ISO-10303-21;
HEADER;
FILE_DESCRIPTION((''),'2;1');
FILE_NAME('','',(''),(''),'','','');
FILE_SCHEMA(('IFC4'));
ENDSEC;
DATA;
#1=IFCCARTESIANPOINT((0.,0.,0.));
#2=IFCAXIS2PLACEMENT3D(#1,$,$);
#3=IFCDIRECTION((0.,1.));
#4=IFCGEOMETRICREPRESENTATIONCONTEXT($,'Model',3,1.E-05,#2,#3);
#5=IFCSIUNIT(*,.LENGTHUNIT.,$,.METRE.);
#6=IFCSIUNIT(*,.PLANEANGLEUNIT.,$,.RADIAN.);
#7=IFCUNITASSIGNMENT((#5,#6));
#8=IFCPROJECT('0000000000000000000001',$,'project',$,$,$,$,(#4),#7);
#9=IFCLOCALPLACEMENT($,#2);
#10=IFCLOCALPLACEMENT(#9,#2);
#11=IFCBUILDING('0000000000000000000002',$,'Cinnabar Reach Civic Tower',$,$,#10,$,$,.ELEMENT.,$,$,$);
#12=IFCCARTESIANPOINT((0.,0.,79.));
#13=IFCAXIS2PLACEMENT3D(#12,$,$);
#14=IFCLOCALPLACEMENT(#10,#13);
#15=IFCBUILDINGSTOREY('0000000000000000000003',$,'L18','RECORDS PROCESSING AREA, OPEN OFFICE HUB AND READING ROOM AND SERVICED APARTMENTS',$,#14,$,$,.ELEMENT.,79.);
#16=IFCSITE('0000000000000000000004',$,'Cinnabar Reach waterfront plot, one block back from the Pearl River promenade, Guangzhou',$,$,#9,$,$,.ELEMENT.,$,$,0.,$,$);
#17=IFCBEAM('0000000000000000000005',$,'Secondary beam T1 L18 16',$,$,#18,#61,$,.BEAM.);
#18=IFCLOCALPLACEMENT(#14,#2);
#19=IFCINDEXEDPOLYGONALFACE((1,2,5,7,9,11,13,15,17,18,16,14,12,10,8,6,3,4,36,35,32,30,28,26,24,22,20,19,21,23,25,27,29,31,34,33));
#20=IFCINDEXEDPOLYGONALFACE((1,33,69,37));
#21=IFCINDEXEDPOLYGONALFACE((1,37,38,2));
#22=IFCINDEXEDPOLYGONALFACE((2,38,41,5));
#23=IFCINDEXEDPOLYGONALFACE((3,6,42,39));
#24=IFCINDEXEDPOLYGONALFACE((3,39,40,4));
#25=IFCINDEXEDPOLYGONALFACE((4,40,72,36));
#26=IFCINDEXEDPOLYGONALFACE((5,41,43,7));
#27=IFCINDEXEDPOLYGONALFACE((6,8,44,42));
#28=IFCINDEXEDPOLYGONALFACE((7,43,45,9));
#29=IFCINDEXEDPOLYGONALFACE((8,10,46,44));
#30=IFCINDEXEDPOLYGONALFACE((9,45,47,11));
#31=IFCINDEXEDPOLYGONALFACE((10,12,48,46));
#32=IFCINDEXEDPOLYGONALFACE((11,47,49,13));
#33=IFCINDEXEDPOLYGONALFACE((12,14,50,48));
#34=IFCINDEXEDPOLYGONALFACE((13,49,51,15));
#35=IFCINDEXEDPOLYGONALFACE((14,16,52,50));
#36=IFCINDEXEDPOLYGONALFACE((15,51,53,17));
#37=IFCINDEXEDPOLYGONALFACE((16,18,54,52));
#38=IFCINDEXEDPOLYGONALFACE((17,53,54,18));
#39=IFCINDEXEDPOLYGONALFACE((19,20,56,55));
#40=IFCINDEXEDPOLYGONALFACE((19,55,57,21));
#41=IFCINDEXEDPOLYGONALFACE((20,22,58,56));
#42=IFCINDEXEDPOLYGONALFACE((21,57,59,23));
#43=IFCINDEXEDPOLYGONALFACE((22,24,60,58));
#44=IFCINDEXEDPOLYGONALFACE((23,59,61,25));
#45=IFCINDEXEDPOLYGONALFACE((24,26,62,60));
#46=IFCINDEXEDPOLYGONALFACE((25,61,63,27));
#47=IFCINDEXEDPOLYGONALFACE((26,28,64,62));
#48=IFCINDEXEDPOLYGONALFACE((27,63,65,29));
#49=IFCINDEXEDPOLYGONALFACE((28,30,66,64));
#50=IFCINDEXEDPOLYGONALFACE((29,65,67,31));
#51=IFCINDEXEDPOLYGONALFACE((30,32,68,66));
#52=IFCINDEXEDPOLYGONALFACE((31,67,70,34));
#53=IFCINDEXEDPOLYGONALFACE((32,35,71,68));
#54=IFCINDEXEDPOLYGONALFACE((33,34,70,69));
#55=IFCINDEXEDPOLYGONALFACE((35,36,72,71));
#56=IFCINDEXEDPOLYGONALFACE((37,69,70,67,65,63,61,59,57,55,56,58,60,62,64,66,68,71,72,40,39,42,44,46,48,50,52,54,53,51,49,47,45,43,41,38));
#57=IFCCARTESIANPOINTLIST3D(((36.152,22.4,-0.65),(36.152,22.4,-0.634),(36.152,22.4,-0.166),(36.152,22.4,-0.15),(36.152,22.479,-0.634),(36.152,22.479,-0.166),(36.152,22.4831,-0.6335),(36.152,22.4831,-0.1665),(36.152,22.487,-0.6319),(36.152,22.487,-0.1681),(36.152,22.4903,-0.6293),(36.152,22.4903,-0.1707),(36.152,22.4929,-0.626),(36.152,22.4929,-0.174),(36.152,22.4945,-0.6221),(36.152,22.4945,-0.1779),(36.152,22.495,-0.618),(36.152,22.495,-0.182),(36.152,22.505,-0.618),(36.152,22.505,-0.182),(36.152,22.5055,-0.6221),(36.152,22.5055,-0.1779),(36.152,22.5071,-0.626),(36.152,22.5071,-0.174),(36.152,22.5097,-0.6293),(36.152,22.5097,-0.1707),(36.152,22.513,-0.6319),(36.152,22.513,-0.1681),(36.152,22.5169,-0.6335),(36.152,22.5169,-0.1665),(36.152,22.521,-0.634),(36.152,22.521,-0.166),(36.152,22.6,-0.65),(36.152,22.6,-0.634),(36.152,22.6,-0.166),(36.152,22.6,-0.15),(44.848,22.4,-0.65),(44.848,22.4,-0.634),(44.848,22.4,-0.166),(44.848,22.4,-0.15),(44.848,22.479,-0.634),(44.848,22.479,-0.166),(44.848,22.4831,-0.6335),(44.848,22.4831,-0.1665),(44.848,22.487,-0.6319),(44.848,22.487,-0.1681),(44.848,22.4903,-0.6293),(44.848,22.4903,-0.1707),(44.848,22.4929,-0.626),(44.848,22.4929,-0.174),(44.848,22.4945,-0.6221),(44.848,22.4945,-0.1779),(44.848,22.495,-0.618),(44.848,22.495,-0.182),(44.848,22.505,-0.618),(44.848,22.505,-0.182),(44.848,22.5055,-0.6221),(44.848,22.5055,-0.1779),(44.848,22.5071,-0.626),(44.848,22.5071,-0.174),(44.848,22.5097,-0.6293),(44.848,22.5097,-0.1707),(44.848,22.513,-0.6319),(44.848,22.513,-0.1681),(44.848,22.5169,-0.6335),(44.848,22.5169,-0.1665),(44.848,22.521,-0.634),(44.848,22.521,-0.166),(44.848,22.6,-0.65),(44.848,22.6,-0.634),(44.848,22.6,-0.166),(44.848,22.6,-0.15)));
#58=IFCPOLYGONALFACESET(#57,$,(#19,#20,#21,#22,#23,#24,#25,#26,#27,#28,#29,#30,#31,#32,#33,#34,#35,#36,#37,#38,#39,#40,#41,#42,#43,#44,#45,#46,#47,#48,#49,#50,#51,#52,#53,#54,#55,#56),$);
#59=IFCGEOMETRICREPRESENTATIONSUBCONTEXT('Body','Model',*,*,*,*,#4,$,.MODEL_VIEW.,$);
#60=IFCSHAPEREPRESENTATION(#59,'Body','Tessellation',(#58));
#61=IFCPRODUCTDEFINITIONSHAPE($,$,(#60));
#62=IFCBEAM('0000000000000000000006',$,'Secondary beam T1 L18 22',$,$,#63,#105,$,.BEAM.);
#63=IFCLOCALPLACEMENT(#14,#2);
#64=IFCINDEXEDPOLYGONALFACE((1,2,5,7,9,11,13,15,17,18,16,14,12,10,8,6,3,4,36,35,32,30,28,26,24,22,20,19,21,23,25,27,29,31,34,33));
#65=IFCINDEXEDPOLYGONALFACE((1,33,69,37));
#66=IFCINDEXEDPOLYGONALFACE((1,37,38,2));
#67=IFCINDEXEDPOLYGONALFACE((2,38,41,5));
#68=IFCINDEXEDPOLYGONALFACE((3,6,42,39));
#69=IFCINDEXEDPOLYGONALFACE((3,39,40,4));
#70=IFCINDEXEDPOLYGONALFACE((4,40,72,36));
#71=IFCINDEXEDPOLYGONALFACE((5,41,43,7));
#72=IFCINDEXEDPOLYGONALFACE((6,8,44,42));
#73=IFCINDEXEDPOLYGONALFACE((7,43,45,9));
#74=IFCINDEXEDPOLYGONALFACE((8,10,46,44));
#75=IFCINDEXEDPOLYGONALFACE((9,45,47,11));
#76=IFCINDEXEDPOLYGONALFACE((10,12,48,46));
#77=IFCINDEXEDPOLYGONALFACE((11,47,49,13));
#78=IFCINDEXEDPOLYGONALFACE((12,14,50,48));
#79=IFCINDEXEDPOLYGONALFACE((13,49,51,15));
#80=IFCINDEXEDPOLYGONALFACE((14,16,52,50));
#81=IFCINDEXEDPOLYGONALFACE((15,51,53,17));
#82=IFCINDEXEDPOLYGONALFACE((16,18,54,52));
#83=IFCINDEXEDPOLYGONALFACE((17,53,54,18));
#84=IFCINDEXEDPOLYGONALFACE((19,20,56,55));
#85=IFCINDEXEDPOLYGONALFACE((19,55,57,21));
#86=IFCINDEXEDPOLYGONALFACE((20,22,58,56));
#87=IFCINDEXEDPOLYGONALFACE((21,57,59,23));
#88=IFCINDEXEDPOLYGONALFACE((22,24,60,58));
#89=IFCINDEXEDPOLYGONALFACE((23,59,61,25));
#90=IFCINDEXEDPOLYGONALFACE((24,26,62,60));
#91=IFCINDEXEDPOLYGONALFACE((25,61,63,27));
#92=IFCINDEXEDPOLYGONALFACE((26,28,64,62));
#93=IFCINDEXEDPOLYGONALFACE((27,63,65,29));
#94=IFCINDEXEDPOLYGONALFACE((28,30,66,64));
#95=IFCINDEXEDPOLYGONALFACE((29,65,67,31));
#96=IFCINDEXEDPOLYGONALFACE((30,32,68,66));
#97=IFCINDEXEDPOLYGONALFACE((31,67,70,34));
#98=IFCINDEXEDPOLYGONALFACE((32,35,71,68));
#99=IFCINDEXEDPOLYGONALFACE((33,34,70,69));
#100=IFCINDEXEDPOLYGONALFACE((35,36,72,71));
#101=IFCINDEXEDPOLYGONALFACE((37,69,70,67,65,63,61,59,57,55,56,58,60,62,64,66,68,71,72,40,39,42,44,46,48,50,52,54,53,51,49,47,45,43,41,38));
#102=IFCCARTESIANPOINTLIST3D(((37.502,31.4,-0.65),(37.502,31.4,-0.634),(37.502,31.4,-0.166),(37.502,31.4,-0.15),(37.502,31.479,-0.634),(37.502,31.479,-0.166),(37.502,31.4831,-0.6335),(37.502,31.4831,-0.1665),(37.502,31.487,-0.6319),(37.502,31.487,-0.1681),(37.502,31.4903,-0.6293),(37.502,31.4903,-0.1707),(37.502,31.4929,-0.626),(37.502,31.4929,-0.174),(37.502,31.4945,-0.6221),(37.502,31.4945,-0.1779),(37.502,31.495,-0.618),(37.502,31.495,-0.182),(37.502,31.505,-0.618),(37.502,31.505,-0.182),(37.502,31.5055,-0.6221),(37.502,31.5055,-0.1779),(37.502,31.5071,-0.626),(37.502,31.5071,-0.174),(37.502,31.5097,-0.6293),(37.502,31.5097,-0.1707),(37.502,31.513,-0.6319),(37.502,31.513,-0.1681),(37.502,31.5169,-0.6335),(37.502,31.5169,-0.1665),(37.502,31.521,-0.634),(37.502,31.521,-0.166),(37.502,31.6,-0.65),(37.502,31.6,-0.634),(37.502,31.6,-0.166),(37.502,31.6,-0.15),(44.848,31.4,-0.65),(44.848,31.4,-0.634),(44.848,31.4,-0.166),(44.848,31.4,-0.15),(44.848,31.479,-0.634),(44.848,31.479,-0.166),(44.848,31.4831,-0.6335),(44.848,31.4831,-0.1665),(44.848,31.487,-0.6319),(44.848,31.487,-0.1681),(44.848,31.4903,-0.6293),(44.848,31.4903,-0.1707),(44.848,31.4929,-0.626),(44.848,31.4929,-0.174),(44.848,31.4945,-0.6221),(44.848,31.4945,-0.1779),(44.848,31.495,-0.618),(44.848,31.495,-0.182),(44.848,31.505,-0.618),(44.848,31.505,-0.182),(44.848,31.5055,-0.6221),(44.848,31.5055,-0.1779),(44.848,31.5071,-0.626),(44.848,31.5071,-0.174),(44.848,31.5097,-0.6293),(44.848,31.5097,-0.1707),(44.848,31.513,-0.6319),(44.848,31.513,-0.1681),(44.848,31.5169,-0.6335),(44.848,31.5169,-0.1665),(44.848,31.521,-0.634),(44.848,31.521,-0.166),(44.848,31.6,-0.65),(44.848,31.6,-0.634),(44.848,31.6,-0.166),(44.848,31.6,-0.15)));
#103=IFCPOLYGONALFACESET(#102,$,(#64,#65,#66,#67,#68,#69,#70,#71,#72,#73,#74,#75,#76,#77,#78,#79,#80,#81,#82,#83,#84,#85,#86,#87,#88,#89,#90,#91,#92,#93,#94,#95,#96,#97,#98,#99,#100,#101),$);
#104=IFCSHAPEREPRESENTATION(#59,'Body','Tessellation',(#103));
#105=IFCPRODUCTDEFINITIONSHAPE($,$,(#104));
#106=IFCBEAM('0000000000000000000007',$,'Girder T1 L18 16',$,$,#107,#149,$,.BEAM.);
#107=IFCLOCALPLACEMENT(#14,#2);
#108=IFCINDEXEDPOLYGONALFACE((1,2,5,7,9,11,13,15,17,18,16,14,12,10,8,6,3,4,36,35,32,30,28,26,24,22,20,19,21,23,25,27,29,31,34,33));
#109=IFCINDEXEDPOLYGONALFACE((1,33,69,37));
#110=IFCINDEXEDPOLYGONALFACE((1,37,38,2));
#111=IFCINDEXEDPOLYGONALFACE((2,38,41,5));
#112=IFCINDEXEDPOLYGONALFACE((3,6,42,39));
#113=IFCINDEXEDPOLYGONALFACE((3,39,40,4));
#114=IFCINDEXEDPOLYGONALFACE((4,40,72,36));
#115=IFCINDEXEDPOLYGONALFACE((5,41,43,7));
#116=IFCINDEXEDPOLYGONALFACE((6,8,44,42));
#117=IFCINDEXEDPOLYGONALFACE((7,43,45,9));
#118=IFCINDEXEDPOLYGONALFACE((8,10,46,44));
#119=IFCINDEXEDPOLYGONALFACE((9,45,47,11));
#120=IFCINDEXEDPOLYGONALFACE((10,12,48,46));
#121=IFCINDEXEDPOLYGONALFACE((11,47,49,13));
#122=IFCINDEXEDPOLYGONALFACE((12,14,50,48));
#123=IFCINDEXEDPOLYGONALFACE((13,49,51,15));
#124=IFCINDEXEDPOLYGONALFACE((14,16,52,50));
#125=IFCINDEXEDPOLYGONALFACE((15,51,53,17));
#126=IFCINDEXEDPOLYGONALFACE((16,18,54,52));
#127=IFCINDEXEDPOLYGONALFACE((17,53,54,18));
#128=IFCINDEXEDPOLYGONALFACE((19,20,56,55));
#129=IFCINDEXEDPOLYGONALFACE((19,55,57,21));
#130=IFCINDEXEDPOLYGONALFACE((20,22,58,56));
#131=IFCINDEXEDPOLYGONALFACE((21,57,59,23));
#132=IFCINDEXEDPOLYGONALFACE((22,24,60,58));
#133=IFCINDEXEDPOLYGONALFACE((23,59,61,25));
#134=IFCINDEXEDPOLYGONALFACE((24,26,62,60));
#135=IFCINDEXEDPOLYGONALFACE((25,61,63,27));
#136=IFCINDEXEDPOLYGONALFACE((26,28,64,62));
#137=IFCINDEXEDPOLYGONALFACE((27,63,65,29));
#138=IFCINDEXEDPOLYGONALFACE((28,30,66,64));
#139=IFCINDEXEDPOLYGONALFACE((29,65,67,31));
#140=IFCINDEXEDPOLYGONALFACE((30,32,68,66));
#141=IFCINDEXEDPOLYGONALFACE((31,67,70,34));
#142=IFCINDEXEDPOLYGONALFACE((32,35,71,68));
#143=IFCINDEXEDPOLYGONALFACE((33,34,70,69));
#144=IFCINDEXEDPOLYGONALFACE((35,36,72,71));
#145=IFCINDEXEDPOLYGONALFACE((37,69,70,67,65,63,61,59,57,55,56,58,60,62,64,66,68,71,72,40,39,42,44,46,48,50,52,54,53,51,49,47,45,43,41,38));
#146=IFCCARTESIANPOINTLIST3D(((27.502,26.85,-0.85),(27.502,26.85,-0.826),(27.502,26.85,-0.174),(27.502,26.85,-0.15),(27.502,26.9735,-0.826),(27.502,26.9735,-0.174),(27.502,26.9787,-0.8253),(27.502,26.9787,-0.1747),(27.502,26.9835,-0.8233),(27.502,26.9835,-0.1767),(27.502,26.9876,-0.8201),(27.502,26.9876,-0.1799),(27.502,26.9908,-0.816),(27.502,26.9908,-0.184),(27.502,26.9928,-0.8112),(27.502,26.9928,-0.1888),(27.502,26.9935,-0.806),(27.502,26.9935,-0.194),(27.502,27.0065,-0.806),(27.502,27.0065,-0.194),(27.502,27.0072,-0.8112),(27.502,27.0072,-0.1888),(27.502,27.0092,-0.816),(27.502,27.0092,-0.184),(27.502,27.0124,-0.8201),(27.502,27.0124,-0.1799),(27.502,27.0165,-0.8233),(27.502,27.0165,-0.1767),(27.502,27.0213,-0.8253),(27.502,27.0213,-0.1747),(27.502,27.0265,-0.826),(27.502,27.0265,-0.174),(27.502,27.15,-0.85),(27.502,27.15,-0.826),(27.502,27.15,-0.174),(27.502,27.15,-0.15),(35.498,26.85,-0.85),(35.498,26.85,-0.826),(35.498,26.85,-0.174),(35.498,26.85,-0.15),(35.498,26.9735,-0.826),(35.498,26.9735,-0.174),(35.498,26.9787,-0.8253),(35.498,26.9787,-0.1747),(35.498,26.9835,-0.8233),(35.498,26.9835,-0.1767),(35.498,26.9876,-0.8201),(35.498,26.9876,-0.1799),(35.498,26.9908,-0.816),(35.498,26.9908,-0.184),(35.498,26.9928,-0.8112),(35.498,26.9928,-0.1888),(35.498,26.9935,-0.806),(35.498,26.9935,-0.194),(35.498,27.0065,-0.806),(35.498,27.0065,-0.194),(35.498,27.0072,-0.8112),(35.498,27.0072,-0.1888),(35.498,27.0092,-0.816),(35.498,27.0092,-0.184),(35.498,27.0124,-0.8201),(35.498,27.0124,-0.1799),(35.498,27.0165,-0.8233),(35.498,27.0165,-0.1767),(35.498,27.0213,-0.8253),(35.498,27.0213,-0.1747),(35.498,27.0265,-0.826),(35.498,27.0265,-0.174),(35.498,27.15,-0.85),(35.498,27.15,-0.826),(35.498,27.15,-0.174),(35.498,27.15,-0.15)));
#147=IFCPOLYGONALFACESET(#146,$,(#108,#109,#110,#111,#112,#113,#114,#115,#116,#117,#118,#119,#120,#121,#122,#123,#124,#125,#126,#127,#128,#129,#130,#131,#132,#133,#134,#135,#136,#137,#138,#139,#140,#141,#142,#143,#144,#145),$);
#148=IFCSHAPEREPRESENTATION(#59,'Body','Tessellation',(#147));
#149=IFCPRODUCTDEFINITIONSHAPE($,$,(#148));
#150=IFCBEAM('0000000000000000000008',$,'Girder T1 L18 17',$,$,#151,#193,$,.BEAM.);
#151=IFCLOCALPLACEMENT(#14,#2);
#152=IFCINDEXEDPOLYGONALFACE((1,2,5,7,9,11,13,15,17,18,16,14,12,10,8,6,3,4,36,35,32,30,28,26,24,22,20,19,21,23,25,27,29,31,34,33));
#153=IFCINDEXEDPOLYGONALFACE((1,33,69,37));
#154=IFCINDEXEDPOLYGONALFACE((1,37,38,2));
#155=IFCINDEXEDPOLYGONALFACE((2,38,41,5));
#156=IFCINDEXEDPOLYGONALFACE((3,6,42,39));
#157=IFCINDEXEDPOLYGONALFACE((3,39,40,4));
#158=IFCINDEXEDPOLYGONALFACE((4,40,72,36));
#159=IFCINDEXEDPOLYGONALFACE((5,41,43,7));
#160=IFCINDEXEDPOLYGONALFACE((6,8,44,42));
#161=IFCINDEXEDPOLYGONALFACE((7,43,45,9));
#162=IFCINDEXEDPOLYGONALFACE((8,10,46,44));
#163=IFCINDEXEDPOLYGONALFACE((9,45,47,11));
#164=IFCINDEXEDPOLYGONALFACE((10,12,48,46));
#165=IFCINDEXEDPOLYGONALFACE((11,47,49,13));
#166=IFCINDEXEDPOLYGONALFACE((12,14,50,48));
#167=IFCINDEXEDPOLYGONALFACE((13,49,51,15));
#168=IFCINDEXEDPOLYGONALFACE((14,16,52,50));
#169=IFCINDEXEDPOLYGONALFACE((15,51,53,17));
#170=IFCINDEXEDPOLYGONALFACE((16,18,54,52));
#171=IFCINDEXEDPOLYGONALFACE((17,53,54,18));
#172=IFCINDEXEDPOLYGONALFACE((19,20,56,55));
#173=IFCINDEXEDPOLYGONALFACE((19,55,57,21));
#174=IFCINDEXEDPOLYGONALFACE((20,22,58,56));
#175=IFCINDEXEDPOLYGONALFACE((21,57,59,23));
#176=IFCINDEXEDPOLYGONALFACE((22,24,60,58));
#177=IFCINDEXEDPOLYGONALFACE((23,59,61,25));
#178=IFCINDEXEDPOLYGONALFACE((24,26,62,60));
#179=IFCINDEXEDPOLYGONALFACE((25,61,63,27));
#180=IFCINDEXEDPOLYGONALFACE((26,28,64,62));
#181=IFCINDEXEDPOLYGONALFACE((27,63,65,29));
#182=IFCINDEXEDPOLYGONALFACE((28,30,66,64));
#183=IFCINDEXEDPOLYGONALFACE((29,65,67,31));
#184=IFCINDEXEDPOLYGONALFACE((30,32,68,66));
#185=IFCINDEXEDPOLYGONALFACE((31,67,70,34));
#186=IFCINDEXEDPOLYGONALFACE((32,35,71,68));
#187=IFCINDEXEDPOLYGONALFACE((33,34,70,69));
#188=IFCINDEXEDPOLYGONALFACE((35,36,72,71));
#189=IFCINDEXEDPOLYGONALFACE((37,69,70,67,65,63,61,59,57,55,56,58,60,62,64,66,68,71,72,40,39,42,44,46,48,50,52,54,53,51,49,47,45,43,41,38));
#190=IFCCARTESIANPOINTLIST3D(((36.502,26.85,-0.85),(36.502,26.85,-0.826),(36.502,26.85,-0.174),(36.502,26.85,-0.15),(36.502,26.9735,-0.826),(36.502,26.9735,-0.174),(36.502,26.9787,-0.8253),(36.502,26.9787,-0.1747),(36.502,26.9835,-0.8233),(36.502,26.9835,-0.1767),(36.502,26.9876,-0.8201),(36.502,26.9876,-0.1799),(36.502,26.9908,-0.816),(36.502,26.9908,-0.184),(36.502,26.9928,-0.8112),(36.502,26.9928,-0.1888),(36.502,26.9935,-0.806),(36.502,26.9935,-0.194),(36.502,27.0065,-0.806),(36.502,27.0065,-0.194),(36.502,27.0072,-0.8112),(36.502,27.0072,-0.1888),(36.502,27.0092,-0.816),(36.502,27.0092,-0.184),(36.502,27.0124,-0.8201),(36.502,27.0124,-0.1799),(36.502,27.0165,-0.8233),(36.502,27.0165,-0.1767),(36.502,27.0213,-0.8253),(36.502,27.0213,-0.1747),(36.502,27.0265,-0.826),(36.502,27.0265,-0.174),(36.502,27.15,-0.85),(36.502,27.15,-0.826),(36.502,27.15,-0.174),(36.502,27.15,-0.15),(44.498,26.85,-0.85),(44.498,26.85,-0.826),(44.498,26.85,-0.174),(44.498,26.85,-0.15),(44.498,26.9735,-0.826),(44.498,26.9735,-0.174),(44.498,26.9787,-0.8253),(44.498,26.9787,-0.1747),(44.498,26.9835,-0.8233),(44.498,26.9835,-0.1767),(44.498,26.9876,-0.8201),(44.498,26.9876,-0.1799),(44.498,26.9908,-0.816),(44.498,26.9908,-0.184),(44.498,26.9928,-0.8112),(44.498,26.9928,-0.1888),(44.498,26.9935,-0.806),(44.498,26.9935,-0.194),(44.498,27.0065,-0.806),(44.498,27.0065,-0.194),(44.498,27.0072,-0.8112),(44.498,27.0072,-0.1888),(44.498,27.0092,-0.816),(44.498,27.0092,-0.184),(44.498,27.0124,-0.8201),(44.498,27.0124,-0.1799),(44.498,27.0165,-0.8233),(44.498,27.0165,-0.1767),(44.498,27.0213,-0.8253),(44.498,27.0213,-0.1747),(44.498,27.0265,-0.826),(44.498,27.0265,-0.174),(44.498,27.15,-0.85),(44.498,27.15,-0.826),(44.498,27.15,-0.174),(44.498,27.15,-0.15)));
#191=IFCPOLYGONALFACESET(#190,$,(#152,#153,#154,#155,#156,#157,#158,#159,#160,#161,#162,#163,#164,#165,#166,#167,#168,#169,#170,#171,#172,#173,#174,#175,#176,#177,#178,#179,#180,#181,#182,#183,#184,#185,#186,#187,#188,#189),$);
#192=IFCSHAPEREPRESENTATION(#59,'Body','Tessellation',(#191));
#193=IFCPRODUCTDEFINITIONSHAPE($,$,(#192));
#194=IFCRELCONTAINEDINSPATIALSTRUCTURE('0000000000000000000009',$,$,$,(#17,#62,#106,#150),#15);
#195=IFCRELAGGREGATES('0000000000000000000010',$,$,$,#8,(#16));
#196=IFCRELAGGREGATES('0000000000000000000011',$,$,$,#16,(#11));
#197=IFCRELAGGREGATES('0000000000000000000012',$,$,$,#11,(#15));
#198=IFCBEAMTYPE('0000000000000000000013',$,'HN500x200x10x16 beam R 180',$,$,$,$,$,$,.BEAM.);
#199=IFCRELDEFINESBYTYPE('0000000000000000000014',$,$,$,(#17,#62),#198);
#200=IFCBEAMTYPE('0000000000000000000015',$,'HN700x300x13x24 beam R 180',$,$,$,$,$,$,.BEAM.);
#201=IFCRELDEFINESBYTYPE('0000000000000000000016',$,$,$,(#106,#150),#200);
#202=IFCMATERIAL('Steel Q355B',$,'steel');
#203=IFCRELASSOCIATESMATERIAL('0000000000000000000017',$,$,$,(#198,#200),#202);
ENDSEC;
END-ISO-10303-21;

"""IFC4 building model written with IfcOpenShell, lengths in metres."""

from ifc_helpers import new_model, si_unit, direction, frame, origin, origin_2d, place, context, subcontext, project, spatial, i_section, extrude, material, material_profile, profile_set, type_object, element, save


model = new_model("IFC4")

# Units and contexts
model_context = context("Model", 3, precision=1e-05, world=origin(), true_north=direction((0.0, 1.0)))
body_context = subcontext(model_context, "Body", "Model", "MODEL_VIEW")
ifc_project = project(units=[si_unit("LENGTHUNIT", "METRE"), si_unit("PLANEANGLEUNIT", "RADIAN")], contexts=[model_context])

# Site, building, storey
site_placement = place(None, origin())
site = spatial("IfcSite", under=ifc_project, at=site_placement, Name="Cinnabar Reach waterfront plot, one block back from the Pearl River promenade, Guangzhou", CompositionType="ELEMENT", RefElevation=0.0)
building_placement = place(site_placement, origin())
building = spatial("IfcBuilding", under=site, at=building_placement, Name="Cinnabar Reach Civic Tower", CompositionType="ELEMENT")
storey_placement = place(building_placement, frame((0.0, 0.0, 79.0)))
storey = spatial("IfcBuildingStorey", under=building, at=storey_placement, Name="L18", Description="RECORDS PROCESSING AREA, OPEN OFFICE HUB AND READING ROOM AND SERVICED APARTMENTS", CompositionType="ELEMENT", Elevation=79.0)

# Beams
ifc_material_1 = material(Name="Steel Q355B", Category="steel")
ifc_material_profile_1 = material_profile(ifc_material_1, i_section(OverallWidth=0.2, OverallDepth=0.5, WebThickness=0.01, FlangeThickness=0.016, FilletRadius=0.016, at=origin_2d()), Name="HN500x200x10x16")
ifc_profile_set_1 = profile_set([ifc_material_profile_1], Name="Steel Q355B")
beam_type_1 = type_object("IfcBeamType", Name="HN500x200x10x16 beam R 180", PredefinedType="BEAM", material=ifc_profile_set_1)
for number, where, z_axis, x_axis, name in (
    (1, (36.152, 22.5, -0.4), (1.0, 0.0, 0.0), (0.0, 1.0, 0.0), "Secondary beam T1 L18 16"),
):
    element("IfcBeam", number, at=place(storey_placement, frame(where, z_axis=z_axis, x_axis=x_axis)), inside=storey, type_object=beam_type_1, Name=name, PredefinedType="BEAM", context=body_context, shape_type="SweptSolid", body=[
        extrude(i_section(OverallWidth=0.2, OverallDepth=0.5, WebThickness=0.01, FlangeThickness=0.016, FilletRadius=0.016, at=origin_2d()), origin(), (0.0, 0.0, 1.0), 8.696),
    ])
beam_1_placement = place(storey_placement, frame((37.502, 31.5, -0.4), z_axis=(1.0, 0.0, 0.0), x_axis=(0.0, 1.0, 0.0)))
element("IfcBeam", 2, at=beam_1_placement, inside=storey, type_object=beam_type_1, Name="Secondary beam T1 L18 22", PredefinedType="BEAM", context=body_context, shape_type="SweptSolid", body=[
    extrude(i_section(OverallWidth=0.2, OverallDepth=0.5, WebThickness=0.01, FlangeThickness=0.016, FilletRadius=0.016, at=origin_2d()), origin(), (0.0, 0.0, 1.0), 7.346),
])
ifc_material_profile_2 = material_profile(ifc_material_1, i_section(OverallWidth=0.3, OverallDepth=0.7, WebThickness=0.013, FlangeThickness=0.024, FilletRadius=0.02, at=origin_2d()), Name="HN700x300x13x24")
ifc_profile_set_2 = profile_set([ifc_material_profile_2], Name="Steel Q355B")
beam_type_2 = type_object("IfcBeamType", Name="HN700x300x13x24 beam R 180", PredefinedType="BEAM", material=ifc_profile_set_2)
for number, where, z_axis, x_axis, name in (
    (3, (27.502, 27.0, -0.5), (1.0, 0.0, 0.0), (0.0, 1.0, 0.0), "Girder T1 L18 16"),
    (4, (36.502, 27.0, -0.5), (1.0, 0.0, 0.0), (0.0, 1.0, 0.0), "Girder T1 L18 17"),
):
    element("IfcBeam", number, at=place(storey_placement, frame(where, z_axis=z_axis, x_axis=x_axis)), inside=storey, type_object=beam_type_2, Name=name, PredefinedType="BEAM", context=body_context, shape_type="SweptSolid", body=[
        extrude(i_section(OverallWidth=0.3, OverallDepth=0.7, WebThickness=0.013, FlangeThickness=0.024, FilletRadius=0.02, at=origin_2d()), origin(), (0.0, 0.0, 1.0), 7.996),
    ])

save(model, "model.ifc")
